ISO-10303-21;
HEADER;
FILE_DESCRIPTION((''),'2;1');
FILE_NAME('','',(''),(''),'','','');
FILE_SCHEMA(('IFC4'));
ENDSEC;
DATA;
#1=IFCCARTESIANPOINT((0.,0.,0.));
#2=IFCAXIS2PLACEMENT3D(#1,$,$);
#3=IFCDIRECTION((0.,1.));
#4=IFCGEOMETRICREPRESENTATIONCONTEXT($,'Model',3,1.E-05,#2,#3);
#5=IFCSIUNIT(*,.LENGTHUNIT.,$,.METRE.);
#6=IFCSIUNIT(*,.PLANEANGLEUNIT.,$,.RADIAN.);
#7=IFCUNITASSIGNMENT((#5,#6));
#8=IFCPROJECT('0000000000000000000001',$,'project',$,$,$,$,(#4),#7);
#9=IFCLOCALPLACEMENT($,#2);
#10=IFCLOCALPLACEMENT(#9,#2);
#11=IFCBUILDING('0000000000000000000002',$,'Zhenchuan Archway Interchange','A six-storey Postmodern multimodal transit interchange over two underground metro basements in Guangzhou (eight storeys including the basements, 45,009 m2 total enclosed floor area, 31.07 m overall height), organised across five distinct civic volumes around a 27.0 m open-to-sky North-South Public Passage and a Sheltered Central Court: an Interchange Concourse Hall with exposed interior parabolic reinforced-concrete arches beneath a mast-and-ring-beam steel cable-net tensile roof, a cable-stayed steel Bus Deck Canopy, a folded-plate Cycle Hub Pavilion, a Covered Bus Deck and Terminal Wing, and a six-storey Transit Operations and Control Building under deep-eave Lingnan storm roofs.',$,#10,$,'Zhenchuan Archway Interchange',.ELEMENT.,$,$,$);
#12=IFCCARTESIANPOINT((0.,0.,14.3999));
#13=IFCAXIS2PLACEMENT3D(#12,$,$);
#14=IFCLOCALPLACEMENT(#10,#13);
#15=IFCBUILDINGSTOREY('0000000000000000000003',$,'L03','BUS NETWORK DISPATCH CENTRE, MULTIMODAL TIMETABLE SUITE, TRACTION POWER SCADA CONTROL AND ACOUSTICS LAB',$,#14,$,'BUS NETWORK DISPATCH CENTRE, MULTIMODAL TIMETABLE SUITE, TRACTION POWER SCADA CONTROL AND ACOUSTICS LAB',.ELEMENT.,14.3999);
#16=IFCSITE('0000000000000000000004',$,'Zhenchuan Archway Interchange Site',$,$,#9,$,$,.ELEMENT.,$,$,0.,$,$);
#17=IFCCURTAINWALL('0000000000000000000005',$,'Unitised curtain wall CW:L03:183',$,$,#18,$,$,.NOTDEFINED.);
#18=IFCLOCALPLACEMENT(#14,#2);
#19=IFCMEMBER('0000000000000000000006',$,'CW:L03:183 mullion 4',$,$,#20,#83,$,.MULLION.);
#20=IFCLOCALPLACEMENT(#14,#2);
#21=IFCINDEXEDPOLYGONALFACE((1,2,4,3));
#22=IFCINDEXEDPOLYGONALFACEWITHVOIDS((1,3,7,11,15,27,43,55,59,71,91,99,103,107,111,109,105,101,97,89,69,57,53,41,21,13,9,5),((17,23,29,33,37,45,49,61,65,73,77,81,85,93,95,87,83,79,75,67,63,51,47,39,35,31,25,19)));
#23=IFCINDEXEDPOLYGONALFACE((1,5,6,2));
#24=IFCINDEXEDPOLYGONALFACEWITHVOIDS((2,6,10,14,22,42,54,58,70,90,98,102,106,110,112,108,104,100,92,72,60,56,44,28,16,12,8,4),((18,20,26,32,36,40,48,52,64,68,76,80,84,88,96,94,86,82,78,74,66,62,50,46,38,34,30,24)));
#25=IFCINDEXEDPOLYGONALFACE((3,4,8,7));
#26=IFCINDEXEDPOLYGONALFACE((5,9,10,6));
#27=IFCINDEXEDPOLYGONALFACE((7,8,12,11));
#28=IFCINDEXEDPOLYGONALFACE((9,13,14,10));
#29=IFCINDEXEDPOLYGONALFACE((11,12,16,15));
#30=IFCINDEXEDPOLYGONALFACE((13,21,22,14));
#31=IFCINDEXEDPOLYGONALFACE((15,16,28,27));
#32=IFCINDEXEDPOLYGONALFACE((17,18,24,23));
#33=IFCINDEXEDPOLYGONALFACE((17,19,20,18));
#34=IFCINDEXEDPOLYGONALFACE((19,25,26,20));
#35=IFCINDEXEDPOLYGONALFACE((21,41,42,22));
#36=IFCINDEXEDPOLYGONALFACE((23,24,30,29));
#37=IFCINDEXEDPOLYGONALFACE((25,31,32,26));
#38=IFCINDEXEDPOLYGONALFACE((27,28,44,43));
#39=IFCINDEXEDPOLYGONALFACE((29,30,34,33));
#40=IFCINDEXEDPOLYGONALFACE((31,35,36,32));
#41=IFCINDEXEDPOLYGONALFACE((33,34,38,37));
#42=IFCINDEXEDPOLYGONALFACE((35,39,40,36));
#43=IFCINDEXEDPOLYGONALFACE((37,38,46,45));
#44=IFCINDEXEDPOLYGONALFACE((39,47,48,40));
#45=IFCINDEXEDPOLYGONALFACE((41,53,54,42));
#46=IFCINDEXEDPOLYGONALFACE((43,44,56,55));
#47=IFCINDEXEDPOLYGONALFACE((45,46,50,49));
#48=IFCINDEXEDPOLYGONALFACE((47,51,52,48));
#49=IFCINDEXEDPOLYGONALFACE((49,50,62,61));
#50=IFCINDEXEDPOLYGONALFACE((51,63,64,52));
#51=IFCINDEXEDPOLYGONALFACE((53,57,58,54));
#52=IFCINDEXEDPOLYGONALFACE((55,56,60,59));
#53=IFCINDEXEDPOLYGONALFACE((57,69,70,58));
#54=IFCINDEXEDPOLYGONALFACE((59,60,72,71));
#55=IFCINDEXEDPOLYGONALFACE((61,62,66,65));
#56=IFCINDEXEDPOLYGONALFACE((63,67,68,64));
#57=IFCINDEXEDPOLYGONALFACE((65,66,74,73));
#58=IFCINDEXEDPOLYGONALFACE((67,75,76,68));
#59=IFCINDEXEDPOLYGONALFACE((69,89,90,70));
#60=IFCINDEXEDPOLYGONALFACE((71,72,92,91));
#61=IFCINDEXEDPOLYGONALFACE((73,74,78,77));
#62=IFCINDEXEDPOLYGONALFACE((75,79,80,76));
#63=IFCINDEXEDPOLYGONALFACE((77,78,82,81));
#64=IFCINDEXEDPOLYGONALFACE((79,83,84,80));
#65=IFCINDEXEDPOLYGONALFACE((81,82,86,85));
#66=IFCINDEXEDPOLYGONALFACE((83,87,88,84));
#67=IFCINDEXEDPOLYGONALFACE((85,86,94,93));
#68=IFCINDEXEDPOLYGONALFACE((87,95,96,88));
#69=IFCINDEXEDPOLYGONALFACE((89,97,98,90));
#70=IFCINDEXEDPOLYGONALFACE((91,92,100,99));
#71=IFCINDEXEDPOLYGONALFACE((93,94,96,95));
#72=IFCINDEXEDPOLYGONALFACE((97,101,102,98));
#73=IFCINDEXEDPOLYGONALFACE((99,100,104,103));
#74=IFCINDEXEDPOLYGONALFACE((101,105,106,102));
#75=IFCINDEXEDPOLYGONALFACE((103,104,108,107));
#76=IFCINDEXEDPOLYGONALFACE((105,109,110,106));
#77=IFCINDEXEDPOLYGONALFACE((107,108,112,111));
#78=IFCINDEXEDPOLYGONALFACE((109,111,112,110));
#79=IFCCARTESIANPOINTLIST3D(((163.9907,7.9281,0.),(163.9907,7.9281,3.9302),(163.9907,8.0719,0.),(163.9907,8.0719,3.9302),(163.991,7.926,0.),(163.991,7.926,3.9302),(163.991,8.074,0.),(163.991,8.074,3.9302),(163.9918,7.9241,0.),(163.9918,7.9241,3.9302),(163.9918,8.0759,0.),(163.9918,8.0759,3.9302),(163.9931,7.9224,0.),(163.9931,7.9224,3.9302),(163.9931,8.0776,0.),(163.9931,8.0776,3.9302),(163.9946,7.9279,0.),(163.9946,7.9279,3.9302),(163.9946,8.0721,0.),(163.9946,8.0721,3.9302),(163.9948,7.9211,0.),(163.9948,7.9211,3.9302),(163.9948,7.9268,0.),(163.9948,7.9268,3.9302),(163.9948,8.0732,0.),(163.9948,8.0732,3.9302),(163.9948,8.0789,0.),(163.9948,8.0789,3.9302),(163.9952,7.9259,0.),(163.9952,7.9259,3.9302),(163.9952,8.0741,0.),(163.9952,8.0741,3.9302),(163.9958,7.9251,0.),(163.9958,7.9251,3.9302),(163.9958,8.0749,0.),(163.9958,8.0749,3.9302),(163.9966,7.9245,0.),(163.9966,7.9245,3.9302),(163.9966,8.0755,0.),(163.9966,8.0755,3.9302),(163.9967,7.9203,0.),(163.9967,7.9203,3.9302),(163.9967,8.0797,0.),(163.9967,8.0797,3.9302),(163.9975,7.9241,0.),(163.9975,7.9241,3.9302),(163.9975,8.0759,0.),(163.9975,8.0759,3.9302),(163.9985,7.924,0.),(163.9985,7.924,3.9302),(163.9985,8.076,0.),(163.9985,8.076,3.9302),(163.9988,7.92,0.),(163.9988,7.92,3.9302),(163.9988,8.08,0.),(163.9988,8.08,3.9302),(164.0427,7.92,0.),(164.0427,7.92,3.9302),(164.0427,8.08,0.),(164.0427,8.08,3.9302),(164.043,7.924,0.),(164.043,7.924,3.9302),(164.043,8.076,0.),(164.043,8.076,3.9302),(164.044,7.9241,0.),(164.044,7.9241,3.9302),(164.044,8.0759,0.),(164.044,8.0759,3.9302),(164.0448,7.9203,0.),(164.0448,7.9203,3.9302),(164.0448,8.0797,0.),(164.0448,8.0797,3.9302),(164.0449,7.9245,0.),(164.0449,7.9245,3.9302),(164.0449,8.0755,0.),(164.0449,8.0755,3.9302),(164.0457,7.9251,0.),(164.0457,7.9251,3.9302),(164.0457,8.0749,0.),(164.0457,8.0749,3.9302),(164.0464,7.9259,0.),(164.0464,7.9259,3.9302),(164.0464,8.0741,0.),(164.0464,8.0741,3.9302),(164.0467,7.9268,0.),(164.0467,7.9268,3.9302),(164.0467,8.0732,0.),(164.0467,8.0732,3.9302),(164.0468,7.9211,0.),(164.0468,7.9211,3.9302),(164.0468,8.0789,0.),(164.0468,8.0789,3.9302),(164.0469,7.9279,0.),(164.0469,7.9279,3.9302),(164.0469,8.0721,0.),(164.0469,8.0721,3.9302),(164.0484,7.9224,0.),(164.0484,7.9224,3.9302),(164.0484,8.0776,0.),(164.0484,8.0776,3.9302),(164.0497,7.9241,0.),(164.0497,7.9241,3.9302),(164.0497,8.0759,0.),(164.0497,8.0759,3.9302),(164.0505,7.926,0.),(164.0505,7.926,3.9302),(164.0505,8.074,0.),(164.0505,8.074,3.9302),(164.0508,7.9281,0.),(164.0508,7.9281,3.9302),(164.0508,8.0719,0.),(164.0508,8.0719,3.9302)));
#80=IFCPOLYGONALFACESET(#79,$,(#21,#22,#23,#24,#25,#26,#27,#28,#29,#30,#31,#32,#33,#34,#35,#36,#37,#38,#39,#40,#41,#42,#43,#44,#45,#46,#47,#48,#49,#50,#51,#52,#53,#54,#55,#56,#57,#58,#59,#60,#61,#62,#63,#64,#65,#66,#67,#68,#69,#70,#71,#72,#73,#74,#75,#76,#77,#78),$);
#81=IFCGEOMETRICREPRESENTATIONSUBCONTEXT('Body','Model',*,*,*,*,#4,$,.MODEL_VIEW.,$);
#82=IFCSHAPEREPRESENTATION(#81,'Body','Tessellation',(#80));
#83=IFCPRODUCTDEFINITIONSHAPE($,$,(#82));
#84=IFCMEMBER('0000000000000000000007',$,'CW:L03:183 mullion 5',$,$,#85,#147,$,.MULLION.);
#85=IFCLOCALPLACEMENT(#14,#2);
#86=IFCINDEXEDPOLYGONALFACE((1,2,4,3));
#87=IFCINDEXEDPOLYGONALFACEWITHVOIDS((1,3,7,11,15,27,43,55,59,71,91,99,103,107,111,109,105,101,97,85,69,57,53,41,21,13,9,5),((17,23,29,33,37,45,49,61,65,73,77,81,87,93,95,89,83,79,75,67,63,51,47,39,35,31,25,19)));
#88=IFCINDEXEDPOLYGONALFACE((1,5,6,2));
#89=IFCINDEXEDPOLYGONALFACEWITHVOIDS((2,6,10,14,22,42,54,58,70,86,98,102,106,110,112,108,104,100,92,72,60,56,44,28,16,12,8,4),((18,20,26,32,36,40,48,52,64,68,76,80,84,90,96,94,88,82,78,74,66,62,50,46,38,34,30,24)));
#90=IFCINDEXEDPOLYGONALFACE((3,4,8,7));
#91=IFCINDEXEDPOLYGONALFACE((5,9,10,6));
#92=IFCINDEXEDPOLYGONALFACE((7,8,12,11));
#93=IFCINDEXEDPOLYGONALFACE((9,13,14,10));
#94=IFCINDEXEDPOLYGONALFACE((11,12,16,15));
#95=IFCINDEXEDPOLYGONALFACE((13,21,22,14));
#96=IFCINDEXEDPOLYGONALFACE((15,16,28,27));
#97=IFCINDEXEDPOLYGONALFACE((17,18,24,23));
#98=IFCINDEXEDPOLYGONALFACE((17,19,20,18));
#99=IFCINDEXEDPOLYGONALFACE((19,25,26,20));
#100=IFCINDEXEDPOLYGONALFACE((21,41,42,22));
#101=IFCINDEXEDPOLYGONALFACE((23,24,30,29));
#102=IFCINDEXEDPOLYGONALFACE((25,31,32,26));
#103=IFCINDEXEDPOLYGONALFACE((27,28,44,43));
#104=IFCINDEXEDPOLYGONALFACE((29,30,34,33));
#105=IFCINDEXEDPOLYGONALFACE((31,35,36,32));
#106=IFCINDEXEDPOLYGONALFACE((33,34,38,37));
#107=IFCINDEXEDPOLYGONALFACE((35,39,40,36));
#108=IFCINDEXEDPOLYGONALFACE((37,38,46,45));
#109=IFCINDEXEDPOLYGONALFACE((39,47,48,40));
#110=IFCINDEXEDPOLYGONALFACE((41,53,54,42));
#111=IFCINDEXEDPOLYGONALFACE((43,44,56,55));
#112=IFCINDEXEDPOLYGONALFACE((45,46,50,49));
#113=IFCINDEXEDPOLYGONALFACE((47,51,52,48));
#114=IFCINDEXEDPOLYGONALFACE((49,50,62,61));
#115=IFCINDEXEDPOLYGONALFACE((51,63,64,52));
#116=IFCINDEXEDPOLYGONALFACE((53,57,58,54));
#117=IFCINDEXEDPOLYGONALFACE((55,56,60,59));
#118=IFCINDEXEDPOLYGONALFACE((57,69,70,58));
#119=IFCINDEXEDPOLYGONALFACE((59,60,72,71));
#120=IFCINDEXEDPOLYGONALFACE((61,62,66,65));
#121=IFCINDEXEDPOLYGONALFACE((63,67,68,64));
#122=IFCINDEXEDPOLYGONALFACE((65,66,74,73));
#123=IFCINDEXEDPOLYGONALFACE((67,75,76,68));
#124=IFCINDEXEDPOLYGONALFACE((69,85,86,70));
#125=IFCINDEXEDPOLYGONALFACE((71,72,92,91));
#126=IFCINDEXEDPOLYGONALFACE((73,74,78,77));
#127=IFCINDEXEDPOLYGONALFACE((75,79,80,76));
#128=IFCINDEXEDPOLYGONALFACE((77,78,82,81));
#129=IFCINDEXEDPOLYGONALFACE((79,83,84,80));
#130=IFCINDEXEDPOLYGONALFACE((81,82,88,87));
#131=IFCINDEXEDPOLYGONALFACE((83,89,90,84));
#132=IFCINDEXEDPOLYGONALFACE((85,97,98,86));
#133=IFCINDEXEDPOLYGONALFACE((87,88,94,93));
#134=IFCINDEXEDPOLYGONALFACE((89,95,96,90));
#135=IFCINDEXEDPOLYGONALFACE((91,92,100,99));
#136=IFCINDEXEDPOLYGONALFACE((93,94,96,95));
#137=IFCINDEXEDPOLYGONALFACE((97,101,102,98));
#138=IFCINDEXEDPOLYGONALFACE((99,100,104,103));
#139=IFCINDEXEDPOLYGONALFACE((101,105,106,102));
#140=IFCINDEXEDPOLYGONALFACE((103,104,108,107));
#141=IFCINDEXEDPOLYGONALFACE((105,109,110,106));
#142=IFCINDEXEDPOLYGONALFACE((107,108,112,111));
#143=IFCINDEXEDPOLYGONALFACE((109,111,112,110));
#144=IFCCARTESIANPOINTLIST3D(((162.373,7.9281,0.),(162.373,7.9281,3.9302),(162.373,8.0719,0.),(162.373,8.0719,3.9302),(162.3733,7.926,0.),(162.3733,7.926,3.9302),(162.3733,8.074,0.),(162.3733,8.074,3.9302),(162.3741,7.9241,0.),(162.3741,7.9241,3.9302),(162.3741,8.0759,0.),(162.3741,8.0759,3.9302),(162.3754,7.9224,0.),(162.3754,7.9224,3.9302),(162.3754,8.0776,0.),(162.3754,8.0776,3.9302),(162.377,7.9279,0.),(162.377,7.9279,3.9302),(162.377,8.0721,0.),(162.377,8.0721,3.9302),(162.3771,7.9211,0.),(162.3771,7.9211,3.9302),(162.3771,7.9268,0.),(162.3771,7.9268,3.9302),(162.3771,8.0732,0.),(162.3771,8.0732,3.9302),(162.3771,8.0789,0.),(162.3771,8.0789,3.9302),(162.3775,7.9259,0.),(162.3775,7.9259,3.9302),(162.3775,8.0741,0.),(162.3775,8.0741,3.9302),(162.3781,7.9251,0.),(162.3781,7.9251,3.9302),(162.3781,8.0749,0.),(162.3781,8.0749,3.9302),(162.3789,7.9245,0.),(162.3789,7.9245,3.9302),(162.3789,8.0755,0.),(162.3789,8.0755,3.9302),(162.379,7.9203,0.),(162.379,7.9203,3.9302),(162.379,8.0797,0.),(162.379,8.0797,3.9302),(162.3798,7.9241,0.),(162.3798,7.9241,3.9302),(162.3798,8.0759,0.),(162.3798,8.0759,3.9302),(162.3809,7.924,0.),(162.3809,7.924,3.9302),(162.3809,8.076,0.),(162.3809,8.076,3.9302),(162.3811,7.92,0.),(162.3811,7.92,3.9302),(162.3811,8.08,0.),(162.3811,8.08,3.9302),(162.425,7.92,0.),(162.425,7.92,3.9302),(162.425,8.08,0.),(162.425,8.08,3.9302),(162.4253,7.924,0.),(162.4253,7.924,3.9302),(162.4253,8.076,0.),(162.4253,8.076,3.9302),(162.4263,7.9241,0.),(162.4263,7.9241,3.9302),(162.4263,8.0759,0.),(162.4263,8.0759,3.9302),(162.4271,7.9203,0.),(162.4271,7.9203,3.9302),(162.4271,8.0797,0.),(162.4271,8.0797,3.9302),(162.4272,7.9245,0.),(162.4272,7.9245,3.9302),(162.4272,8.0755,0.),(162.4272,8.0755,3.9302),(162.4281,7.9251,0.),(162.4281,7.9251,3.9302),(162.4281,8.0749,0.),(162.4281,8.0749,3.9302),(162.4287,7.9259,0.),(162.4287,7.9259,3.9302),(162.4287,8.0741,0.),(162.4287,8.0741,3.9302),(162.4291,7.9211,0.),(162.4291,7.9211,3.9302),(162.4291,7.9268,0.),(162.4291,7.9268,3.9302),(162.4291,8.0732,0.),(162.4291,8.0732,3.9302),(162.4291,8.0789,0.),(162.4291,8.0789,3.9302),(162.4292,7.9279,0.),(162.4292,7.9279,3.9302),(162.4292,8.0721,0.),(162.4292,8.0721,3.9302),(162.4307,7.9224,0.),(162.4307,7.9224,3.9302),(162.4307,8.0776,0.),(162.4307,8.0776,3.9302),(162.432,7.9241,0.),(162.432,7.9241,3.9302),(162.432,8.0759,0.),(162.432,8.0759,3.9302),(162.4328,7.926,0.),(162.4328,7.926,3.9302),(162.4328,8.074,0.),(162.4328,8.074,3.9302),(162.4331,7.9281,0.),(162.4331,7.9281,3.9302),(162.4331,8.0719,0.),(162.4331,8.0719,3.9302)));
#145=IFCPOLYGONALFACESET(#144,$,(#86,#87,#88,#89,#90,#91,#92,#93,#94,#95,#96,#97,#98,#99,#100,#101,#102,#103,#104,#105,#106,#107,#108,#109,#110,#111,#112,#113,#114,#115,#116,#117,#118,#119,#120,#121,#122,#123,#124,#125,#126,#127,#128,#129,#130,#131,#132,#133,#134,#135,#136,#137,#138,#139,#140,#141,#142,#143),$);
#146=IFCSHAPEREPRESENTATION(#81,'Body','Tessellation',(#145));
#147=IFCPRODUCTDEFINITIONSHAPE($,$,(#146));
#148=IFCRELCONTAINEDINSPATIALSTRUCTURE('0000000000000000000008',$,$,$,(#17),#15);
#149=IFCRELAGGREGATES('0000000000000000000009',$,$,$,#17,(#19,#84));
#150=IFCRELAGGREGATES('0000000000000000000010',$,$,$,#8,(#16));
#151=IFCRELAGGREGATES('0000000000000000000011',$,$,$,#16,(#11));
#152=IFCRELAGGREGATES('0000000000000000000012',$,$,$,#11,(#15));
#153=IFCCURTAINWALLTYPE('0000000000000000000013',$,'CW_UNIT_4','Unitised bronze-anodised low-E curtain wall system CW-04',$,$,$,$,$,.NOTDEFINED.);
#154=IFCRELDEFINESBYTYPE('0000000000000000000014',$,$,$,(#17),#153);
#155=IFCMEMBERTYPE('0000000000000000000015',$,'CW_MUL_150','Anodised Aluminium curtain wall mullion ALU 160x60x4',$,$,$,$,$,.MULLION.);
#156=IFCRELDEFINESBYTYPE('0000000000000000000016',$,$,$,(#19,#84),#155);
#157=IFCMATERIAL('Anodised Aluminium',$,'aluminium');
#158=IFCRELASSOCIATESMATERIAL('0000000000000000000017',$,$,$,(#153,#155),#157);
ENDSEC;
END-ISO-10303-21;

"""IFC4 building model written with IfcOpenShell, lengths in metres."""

from ifc_helpers import new_model, si_unit, direction, frame, origin, origin_2d, place, context, subcontext, project, spatial, hollow_rectangle, extrude, material, material_profile, profile_set, type_object, element, aggregate, save


model = new_model("IFC4")

# Units and contexts
model_context = context("Model", 3, precision=1e-05, world=origin(), true_north=direction((0.0, 1.0)))
body_context = subcontext(model_context, "Body", "Model", "MODEL_VIEW")
ifc_project = project(units=[si_unit("LENGTHUNIT", "METRE"), si_unit("PLANEANGLEUNIT", "RADIAN")], contexts=[model_context])

# Site, building, storey
site_placement = place(None, origin())
site = spatial("IfcSite", under=ifc_project, at=site_placement, Name="Zhenchuan Archway Interchange Site", CompositionType="ELEMENT", RefElevation=0.0)
building_placement = place(site_placement, origin())
building = spatial("IfcBuilding", under=site, at=building_placement, Name="Zhenchuan Archway Interchange", Description="A six-storey Postmodern multimodal transit interchange over two underground metro basements in Guangzhou (eight storeys including the basements, 45,009 m2 total enclosed floor area, 31.07 m overall height), organised across five distinct civic volumes around a 27.0 m open-to-sky North-South Public Passage and a Sheltered Central Court: an Interchange Concourse Hall with exposed interior parabolic reinforced-concrete arches beneath a mast-and-ring-beam steel cable-net tensile roof, a cable-stayed steel Bus Deck Canopy, a folded-plate Cycle Hub Pavilion, a Covered Bus Deck and Terminal Wing, and a six-storey Transit Operations and Control Building under deep-eave Lingnan storm roofs.", LongName="Zhenchuan Archway Interchange", CompositionType="ELEMENT")
storey_placement = place(building_placement, frame((0.0, 0.0, 14.3999)))
storey = spatial("IfcBuildingStorey", under=building, at=storey_placement, Name="L03", Description="BUS NETWORK DISPATCH CENTRE, MULTIMODAL TIMETABLE SUITE, TRACTION POWER SCADA CONTROL AND ACOUSTICS LAB", LongName="BUS NETWORK DISPATCH CENTRE, MULTIMODAL TIMETABLE SUITE, TRACTION POWER SCADA CONTROL AND ACOUSTICS LAB", CompositionType="ELEMENT", Elevation=14.3999)

# Curtain wall, members
ifc_material_1 = material(Name="Anodised Aluminium", Category="aluminium")
curtain_wall_type = type_object("IfcCurtainWallType", Name="CW_UNIT_4", Description="Unitised bronze-anodised low-E curtain wall system CW-04", PredefinedType="NOTDEFINED", material=ifc_material_1)
curtain_wall_placement = place(storey_placement, origin())
curtain_wall = element("IfcCurtainWall", 1, at=curtain_wall_placement, inside=storey, type_object=curtain_wall_type, Name="Unitised curtain wall CW:L03:183", PredefinedType="NOTDEFINED")
ifc_material_profile_1 = material_profile(ifc_material_1, hollow_rectangle(XDim=0.0601, YDim=0.1599, WallThickness=0.0039, InnerFilletRadius=0.0039, OuterFilletRadius=0.0081, at=origin_2d()), Name="ALU 160x60x4")
ifc_profile_set_1 = profile_set([ifc_material_profile_1], Name="Anodised Aluminium")
member_type_1 = type_object("IfcMemberType", Name="CW_MUL_150", Description="Anodised Aluminium curtain wall mullion ALU 160x60x4", PredefinedType="MULLION", material=ifc_profile_set_1)
member_1_placement = place(storey_placement, frame((164.0208, 8.0, 0.0), z_axis=(0.0, 0.0, 1.0), x_axis=(1.0, 0.0, 0.0)))
member_1 = element("IfcMember", 2, at=member_1_placement, type_object=member_type_1, Name="CW:L03:183 mullion 4", PredefinedType="MULLION", context=body_context, shape_type="SweptSolid", body=[
    extrude(hollow_rectangle(XDim=0.0601, YDim=0.1599, WallThickness=0.0039, InnerFilletRadius=0.0039, OuterFilletRadius=0.0081, at=origin_2d()), origin(), (0.0, 0.0, 1.0), 3.9302),
])
member_2_placement = place(storey_placement, frame((162.4031, 8.0, 0.0), z_axis=(0.0, 0.0, 1.0), x_axis=(1.0, 0.0, 0.0)))
member_2 = element("IfcMember", 3, at=member_2_placement, type_object=member_type_1, Name="CW:L03:183 mullion 5", PredefinedType="MULLION", context=body_context, shape_type="SweptSolid", body=[
    extrude(hollow_rectangle(XDim=0.0601, YDim=0.1599, WallThickness=0.0039, InnerFilletRadius=0.0039, OuterFilletRadius=0.0081, at=origin_2d()), origin(), (0.0, 0.0, 1.0), 3.9302),
])

aggregate(curtain_wall, [member_1, member_2])

save(model, "model.ifc")
